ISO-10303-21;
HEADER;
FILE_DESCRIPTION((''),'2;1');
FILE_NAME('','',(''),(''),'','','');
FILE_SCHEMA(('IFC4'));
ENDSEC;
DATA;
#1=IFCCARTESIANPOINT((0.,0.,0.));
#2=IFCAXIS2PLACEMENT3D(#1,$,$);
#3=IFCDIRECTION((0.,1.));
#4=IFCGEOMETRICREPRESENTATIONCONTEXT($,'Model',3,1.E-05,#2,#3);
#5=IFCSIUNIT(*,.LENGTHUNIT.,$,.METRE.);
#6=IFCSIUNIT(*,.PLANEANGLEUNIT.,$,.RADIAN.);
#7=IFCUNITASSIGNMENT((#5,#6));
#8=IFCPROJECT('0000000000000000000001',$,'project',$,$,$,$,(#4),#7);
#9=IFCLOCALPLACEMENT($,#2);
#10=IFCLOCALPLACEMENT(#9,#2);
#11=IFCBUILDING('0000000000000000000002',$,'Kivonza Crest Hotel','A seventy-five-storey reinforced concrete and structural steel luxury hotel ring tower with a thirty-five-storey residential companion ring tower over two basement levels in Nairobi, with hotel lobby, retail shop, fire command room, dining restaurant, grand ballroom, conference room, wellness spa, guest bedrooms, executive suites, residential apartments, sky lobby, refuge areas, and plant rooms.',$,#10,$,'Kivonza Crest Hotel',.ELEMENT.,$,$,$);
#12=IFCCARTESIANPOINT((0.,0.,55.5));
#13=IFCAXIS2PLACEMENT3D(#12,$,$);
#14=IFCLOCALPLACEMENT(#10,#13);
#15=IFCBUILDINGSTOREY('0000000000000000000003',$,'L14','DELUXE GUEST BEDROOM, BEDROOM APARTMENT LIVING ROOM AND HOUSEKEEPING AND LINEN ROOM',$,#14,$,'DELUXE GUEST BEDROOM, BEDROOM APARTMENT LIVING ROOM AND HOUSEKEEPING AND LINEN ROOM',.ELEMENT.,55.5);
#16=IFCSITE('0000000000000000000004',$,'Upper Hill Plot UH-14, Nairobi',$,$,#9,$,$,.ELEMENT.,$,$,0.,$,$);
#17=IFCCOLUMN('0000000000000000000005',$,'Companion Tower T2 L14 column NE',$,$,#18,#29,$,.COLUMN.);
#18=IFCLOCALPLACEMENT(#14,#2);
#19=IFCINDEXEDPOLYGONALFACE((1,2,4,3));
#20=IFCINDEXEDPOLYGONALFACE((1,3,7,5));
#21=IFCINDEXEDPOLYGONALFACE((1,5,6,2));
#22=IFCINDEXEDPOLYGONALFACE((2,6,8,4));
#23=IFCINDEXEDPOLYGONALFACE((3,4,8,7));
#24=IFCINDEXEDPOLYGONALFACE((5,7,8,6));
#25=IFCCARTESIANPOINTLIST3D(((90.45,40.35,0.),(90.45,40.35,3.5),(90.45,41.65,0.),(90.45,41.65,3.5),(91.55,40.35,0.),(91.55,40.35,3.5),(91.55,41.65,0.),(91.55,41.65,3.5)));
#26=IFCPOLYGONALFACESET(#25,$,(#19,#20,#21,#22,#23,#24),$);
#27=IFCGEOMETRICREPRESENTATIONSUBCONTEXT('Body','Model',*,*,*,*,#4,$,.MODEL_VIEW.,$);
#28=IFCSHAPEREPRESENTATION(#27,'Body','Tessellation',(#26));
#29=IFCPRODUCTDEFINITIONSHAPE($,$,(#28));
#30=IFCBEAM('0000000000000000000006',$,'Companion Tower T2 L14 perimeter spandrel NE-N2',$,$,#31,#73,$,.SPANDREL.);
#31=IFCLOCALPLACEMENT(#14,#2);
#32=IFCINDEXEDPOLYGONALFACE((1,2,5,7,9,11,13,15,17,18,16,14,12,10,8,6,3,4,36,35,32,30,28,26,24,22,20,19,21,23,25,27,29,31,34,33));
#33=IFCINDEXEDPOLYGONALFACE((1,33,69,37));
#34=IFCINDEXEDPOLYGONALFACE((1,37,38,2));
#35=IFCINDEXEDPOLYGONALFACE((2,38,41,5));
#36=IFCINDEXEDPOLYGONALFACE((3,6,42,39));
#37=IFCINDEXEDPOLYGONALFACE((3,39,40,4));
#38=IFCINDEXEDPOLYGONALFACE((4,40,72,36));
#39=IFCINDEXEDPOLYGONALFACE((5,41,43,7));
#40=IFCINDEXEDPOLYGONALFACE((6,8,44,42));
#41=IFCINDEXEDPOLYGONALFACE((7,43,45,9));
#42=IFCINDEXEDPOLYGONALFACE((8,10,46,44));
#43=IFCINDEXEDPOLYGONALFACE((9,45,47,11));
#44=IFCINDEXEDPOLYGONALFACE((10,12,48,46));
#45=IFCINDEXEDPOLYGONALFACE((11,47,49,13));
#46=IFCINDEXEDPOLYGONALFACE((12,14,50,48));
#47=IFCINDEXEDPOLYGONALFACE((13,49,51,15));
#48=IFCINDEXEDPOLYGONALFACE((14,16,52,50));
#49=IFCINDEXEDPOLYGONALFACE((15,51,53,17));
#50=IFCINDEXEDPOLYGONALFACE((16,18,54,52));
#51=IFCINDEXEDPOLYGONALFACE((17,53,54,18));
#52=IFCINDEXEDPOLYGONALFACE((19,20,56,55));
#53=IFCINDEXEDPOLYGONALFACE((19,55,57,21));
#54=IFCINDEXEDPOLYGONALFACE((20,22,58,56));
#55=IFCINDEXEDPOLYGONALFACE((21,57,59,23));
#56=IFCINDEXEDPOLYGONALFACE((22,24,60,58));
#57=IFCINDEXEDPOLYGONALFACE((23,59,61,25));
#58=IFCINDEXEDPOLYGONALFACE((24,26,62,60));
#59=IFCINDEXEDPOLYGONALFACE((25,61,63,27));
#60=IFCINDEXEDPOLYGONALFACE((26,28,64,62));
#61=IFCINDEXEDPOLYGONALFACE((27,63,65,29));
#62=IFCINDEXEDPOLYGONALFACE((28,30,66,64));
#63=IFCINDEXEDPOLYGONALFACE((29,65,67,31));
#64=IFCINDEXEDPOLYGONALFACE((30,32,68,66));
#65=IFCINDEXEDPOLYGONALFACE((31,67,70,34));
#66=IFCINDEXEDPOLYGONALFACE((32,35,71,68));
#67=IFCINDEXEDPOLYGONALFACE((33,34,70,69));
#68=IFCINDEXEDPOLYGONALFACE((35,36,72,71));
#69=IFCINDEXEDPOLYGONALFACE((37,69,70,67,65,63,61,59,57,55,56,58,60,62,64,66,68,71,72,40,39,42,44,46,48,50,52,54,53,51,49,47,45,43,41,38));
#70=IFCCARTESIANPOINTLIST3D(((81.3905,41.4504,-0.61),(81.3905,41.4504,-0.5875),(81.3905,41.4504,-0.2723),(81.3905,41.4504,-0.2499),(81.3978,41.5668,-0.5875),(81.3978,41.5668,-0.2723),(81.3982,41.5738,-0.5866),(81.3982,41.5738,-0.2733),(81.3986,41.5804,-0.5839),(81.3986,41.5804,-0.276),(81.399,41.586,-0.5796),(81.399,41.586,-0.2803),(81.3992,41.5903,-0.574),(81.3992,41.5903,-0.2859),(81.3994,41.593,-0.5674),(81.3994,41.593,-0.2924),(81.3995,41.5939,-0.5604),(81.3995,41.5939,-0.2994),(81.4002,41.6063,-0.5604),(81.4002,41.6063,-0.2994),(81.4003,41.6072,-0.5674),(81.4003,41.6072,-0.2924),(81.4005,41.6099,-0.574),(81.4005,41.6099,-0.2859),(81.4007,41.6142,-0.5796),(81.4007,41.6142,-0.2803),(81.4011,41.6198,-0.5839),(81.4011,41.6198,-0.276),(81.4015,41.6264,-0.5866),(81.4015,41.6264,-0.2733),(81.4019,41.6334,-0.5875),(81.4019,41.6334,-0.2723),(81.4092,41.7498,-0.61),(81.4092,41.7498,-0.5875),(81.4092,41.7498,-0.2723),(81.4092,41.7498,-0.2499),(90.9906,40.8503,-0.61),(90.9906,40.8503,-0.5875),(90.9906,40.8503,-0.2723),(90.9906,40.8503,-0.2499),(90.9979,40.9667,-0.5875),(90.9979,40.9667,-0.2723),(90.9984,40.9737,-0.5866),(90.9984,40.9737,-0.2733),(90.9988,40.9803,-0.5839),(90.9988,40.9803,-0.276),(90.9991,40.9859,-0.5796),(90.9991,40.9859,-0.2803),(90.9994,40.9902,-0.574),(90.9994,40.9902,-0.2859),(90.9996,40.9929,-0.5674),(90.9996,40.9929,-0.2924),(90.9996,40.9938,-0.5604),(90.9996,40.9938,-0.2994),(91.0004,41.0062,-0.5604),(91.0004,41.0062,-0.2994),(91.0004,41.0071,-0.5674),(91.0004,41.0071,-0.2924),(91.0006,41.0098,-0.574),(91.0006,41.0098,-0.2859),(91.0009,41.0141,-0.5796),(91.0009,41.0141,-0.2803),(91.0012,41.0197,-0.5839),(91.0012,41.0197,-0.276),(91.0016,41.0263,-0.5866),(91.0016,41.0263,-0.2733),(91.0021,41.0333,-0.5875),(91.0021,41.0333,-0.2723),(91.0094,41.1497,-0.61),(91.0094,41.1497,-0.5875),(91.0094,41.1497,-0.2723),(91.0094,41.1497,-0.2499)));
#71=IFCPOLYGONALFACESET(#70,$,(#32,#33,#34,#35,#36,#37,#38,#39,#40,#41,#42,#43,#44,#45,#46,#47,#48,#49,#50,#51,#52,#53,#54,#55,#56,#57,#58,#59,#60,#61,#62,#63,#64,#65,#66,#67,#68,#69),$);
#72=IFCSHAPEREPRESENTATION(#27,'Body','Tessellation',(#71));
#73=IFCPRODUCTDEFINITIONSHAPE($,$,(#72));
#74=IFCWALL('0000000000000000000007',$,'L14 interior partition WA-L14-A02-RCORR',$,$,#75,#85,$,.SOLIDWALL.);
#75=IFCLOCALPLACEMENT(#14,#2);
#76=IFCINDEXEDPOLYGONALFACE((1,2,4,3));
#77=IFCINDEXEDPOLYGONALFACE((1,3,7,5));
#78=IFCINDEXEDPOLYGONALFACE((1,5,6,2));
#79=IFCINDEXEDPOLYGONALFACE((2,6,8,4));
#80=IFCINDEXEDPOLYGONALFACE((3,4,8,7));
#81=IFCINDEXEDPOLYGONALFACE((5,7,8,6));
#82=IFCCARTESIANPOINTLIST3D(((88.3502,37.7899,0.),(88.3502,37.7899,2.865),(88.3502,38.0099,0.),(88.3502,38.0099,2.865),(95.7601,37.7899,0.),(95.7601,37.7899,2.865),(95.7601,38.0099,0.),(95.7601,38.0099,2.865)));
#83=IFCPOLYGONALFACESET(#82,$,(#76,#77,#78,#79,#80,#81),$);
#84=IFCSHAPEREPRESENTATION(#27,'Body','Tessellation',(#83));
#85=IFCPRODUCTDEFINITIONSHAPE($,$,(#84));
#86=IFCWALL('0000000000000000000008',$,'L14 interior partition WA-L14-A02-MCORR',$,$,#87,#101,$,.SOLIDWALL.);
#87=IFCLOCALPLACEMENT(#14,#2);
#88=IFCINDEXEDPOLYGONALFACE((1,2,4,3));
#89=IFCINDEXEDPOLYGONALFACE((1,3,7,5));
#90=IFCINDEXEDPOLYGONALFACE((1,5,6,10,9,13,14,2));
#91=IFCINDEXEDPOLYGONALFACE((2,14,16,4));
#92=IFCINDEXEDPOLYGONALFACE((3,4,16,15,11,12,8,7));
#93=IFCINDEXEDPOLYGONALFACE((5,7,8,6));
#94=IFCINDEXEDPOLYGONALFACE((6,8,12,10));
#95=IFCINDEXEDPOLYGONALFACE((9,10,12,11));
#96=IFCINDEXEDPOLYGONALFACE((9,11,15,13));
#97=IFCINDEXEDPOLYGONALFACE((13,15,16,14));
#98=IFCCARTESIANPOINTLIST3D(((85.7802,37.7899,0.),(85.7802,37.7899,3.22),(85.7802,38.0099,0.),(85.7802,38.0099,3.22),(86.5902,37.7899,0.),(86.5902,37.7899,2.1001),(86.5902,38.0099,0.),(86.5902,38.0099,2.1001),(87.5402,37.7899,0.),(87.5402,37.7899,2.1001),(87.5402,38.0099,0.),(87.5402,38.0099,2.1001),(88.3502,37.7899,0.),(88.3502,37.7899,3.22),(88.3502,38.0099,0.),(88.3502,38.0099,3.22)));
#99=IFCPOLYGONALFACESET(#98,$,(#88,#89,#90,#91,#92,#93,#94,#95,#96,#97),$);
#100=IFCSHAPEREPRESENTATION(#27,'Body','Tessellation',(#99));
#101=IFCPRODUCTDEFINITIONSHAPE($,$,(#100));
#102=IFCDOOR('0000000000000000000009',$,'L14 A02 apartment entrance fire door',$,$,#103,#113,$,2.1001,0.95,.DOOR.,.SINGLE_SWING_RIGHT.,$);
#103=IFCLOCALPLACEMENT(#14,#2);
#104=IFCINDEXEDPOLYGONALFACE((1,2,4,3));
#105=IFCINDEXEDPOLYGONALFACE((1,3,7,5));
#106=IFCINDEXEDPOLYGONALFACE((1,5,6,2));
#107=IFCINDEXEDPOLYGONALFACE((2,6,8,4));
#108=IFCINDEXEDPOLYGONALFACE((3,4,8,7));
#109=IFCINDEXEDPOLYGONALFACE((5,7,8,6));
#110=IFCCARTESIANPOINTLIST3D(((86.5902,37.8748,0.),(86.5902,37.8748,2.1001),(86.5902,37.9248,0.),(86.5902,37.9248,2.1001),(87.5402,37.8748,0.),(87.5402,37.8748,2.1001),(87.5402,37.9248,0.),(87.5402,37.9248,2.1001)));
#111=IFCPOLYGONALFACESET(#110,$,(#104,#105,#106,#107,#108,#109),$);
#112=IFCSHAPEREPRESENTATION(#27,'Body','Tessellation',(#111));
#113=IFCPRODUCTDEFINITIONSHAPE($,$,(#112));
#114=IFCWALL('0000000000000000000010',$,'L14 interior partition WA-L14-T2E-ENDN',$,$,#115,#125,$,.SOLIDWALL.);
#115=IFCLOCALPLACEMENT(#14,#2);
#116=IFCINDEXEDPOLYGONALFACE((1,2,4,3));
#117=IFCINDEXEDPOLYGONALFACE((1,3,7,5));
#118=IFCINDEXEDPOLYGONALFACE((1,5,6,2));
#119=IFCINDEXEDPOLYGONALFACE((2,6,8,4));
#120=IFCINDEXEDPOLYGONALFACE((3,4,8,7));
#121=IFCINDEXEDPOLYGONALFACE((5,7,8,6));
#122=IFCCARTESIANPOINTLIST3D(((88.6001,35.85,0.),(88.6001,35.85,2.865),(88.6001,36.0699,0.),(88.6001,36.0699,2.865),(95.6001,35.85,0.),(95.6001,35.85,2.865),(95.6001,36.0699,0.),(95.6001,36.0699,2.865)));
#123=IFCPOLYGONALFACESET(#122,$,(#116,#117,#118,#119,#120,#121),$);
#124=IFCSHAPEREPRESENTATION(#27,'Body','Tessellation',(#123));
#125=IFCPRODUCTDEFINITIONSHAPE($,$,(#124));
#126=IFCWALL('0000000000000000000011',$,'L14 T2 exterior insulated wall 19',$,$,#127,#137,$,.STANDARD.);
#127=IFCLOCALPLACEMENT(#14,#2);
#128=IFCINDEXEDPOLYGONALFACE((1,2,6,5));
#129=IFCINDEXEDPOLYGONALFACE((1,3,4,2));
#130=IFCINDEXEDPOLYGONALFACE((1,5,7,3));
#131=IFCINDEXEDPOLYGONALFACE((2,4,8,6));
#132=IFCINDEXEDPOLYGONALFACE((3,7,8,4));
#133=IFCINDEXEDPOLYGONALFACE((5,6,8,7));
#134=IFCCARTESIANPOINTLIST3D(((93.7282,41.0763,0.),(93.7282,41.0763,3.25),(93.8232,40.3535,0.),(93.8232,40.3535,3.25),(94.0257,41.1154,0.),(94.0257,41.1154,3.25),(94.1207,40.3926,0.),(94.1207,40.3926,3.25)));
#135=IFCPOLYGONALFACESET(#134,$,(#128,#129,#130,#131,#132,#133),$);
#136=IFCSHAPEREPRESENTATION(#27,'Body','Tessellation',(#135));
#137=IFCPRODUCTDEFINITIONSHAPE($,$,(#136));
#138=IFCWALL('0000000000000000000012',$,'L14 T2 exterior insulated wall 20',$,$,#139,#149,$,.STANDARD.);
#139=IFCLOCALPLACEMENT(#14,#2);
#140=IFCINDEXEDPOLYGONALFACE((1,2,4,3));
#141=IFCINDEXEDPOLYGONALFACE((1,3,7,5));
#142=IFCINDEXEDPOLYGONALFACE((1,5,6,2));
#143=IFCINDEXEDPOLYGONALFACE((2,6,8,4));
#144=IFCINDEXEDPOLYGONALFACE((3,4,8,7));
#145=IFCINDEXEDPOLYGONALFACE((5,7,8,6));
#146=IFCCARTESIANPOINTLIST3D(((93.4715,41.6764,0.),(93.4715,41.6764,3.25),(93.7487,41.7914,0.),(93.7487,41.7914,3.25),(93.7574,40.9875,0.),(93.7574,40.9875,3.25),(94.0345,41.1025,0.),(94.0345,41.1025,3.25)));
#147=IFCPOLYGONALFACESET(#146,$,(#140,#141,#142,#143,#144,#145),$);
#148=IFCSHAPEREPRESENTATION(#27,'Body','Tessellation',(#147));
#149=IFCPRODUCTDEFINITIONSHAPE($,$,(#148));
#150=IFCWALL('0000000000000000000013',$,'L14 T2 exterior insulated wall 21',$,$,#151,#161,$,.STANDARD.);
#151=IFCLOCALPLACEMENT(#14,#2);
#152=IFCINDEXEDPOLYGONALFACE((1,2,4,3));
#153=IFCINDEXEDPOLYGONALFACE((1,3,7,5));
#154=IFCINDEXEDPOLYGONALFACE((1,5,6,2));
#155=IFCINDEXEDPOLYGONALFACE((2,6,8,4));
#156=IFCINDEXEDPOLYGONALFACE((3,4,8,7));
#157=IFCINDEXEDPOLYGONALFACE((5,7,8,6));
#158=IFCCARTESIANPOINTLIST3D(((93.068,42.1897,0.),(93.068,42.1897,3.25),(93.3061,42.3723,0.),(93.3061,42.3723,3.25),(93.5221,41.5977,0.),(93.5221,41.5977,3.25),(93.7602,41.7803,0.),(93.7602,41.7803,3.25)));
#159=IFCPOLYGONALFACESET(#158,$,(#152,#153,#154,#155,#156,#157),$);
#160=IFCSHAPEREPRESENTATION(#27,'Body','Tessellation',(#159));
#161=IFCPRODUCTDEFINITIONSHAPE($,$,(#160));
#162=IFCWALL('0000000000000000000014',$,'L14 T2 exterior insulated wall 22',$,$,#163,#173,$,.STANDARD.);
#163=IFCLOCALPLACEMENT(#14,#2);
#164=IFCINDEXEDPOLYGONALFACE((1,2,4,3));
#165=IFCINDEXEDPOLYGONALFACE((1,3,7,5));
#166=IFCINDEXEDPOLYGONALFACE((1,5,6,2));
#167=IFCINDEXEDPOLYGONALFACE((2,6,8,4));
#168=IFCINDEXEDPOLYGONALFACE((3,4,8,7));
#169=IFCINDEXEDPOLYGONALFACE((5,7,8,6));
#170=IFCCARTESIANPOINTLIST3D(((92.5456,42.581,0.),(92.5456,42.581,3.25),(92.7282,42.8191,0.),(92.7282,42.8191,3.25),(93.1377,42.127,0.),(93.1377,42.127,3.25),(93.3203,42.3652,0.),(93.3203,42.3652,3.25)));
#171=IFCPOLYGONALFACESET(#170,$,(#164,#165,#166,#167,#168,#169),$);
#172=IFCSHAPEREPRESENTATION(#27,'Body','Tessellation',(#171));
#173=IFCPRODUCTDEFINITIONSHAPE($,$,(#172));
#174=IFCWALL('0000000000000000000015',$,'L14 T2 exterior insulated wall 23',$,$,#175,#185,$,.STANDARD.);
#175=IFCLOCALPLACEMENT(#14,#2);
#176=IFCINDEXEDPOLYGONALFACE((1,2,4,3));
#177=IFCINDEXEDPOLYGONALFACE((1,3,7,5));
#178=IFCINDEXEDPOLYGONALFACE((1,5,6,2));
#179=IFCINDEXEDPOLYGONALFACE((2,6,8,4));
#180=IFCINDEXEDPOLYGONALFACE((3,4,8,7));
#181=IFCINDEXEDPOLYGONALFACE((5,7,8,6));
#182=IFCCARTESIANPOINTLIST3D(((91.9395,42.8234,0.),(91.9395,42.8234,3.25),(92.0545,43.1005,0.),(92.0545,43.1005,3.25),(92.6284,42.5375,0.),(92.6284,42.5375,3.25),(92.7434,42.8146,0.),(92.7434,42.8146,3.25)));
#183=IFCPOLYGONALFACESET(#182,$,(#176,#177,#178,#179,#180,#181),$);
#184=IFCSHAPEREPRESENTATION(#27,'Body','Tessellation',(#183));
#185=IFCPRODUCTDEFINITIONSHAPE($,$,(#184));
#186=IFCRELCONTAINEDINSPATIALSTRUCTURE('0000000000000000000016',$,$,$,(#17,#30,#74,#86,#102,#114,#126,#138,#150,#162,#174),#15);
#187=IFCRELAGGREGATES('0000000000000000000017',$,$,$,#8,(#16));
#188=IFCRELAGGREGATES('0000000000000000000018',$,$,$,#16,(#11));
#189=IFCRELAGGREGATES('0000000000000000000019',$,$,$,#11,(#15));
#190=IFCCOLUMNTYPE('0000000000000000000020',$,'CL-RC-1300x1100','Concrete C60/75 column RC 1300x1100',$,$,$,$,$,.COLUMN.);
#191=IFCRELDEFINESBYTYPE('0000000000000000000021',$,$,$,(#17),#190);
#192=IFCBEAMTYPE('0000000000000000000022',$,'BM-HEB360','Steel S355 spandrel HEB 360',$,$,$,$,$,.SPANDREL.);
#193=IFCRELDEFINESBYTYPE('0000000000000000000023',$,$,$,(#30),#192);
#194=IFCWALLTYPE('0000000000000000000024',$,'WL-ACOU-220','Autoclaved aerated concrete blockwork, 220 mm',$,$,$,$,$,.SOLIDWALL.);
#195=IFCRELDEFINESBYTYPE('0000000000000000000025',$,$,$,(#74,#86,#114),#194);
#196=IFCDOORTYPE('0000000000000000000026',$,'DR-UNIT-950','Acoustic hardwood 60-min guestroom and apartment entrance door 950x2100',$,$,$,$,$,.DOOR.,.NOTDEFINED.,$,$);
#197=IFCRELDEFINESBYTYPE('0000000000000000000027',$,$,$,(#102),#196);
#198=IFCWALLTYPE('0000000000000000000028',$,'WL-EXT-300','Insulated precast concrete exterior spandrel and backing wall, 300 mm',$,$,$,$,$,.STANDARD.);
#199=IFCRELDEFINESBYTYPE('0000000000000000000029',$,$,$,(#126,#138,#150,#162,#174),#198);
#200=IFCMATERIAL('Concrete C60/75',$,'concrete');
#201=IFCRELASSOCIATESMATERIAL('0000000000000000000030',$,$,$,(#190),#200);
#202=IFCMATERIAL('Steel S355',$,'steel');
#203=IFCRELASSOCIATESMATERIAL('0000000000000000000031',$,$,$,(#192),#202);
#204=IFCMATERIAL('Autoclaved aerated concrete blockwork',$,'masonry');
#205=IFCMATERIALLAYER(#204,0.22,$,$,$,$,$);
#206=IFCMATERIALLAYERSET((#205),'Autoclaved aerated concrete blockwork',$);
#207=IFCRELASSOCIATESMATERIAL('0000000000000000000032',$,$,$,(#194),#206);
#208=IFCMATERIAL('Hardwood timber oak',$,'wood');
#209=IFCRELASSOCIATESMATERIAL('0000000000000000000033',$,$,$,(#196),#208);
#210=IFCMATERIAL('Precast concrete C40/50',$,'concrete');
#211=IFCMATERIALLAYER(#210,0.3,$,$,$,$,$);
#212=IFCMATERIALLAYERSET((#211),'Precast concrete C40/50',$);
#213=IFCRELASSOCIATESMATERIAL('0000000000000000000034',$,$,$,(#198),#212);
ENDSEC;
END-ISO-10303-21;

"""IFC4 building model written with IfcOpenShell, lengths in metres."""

from ifc_helpers import new_model, si_unit, direction, frame, frame_2d, origin, origin_2d, place, context, subcontext, project, spatial, rectangle, i_section, extrude, material, layer, layer_set, material_profile, profile_set, type_object, element, fill, save


model = new_model("IFC4")

# Units and contexts
model_context = context("Model", 3, precision=1e-05, world=origin(), true_north=direction((0.0, 1.0)))
body_context = subcontext(model_context, "Body", "Model", "MODEL_VIEW")
ifc_project = project(units=[si_unit("LENGTHUNIT", "METRE"), si_unit("PLANEANGLEUNIT", "RADIAN")], contexts=[model_context])

# Site, building, storey
site_placement = place(None, origin())
site = spatial("IfcSite", under=ifc_project, at=site_placement, Name="Upper Hill Plot UH-14, Nairobi", CompositionType="ELEMENT", RefElevation=0.0)
building_placement = place(site_placement, origin())
building = spatial("IfcBuilding", under=site, at=building_placement, Name="Kivonza Crest Hotel", Description="A seventy-five-storey reinforced concrete and structural steel luxury hotel ring tower with a thirty-five-storey residential companion ring tower over two basement levels in Nairobi, with hotel lobby, retail shop, fire command room, dining restaurant, grand ballroom, conference room, wellness spa, guest bedrooms, executive suites, residential apartments, sky lobby, refuge areas, and plant rooms.", LongName="Kivonza Crest Hotel", CompositionType="ELEMENT")
storey_placement = place(building_placement, frame((0.0, 0.0, 55.5)))
storey = spatial("IfcBuildingStorey", under=building, at=storey_placement, Name="L14", Description="DELUXE GUEST BEDROOM, BEDROOM APARTMENT LIVING ROOM AND HOUSEKEEPING AND LINEN ROOM", LongName="DELUXE GUEST BEDROOM, BEDROOM APARTMENT LIVING ROOM AND HOUSEKEEPING AND LINEN ROOM", CompositionType="ELEMENT", Elevation=55.5)

# Column
ifc_material_1 = material(Name="Concrete C60/75", Category="concrete")
ifc_material_profile_1 = material_profile(ifc_material_1, rectangle(XDim=1.1001, YDim=1.3, at=origin_2d()), Name="RC 1300x1100")
ifc_profile_set_1 = profile_set([ifc_material_profile_1], Name="Concrete C60/75")
column_type = type_object("IfcColumnType", Name="CL-RC-1300x1100", Description="Concrete C60/75 column RC 1300x1100", PredefinedType="COLUMN", material=ifc_profile_set_1)
column_placement = place(storey_placement, frame((91.0, 41.0, 0.0), z_axis=(0.0, 0.0, 1.0), x_axis=(1.0, 0.0, 0.0)))
element("IfcColumn", 1, at=column_placement, inside=storey, type_object=column_type, Name="Companion Tower T2 L14 column NE", PredefinedType="COLUMN", context=body_context, shape_type="SweptSolid", body=[
    extrude(rectangle(XDim=1.1001, YDim=1.3, at=origin_2d()), origin(), (0.0, 0.0, 1.0), 3.5),
])

# Beam
ifc_material_2 = material(Name="Steel S355", Category="steel")
ifc_material_profile_2 = material_profile(ifc_material_2, i_section(OverallWidth=0.3, OverallDepth=0.3601, WebThickness=0.0125, FlangeThickness=0.0225, FilletRadius=0.0271, at=origin_2d()), Name="HEB 360")
ifc_profile_set_2 = profile_set([ifc_material_profile_2], Name="Steel S355")
beam_type = type_object("IfcBeamType", Name="BM-HEB360", Description="Steel S355 spandrel HEB 360", PredefinedType="SPANDREL", material=ifc_profile_set_2)
beam_placement = place(storey_placement, frame((91.0, 41.0, -0.4299), z_axis=(-0.998052, 0.062388, 0.0), x_axis=(-0.062388, -0.998052, 0.0)))
element("IfcBeam", 2, at=beam_placement, inside=storey, type_object=beam_type, Name="Companion Tower T2 L14 perimeter spandrel NE-N2", PredefinedType="SPANDREL", context=body_context, shape_type="SweptSolid", body=[
    extrude(i_section(OverallWidth=0.3, OverallDepth=0.3601, WebThickness=0.0125, FlangeThickness=0.0225, FilletRadius=0.0271, at=origin_2d()), origin(), (0.0, 0.0, 1.0), 9.6189),
])

# Wall
ifc_material_3 = material(Name="Autoclaved aerated concrete blockwork", Category="masonry")
ifc_layer_1 = layer(ifc_material_3, 0.22)
ifc_layer_set_1 = layer_set([ifc_layer_1], Name="Autoclaved aerated concrete blockwork")
wall_type_1 = type_object("IfcWallType", Name="WL-ACOU-220", Description="Autoclaved aerated concrete blockwork, 220 mm", PredefinedType="SOLIDWALL", material=ifc_layer_set_1)
wall_1_placement = place(storey_placement, frame((88.3501, 37.8999, 0.0), z_axis=(0.0, 0.0, 1.0), x_axis=(1.0, 0.0, 0.0)))
element("IfcWall", 3, at=wall_1_placement, inside=storey, type_object=wall_type_1, Name="L14 interior partition WA-L14-A02-RCORR", PredefinedType="SOLIDWALL", context=body_context, shape_type="SweptSolid", body=[
    extrude(rectangle(XDim=7.4099, YDim=0.22, at=frame_2d((3.7051, 0.0))), origin(), (0.0, 0.0, 1.0), 2.865),
])

# Wall, opening, door
wall_2_placement = place(storey_placement, frame((85.78, 37.8999, 0.0), z_axis=(0.0, 0.0, 1.0), x_axis=(1.0, 0.0, 0.0)))
wall_2 = element("IfcWall", 4, at=wall_2_placement, inside=storey, type_object=wall_type_1, Name="L14 interior partition WA-L14-A02-MCORR", PredefinedType="SOLIDWALL", context=body_context, shape_type="SweptSolid", body=[
    extrude(rectangle(XDim=2.5701, YDim=0.22, at=frame_2d((1.2852, 0.0))), origin(), (0.0, 0.0, 1.0), 3.22),
])
opening_1_placement = place(wall_2_placement, frame((0.8101, 0.0, 0.0)))
opening_1 = element("IfcOpeningElement", 5, at=opening_1_placement, cuts=wall_2, PredefinedType="OPENING", context=body_context, shape_type="SweptSolid", body=[
    extrude(rectangle(XDim=0.95, YDim=2.1001, at=frame_2d((0.4751, 1.05))), frame((0.0, 0.1201, 0.0), z_axis=(0.0, -1.0, 0.0), x_axis=(1.0, 0.0, 0.0)), (0.0, 0.0, 1.0), 0.24),
])
ifc_material_4 = material(Name="Hardwood timber oak", Category="wood")
door_type_1 = type_object("IfcDoorType", Name="DR-UNIT-950", Description="Acoustic hardwood 60-min guestroom and apartment entrance door 950x2100", OperationType="NOTDEFINED", PredefinedType="DOOR", material=ifc_material_4)
door_1_placement = place(opening_1_placement, origin())
door_1 = element("IfcDoor", 6, at=door_1_placement, inside=storey, type_object=door_type_1, Name="L14 A02 apartment entrance fire door", OperationType="SINGLE_SWING_RIGHT", OverallHeight=2.1001, OverallWidth=0.95, PredefinedType="DOOR", context=body_context, shape_type="SweptSolid", body=[
    extrude(rectangle(XDim=0.95, YDim=2.1001, at=frame_2d((0.4751, 1.05))), frame((0.0, 0.0249, 0.0), z_axis=(0.0, -1.0, 0.0), x_axis=(1.0, 0.0, 0.0)), (0.0, 0.0, 1.0), 0.05),
])
fill(opening_1, door_1)

# Walls
wall_3_placement = place(storey_placement, frame((88.6001, 35.96, 0.0), z_axis=(0.0, 0.0, 1.0), x_axis=(1.0, 0.0, 0.0)))
element("IfcWall", 7, at=wall_3_placement, inside=storey, type_object=wall_type_1, Name="L14 interior partition WA-L14-T2E-ENDN", PredefinedType="SOLIDWALL", context=body_context, shape_type="SweptSolid", body=[
    extrude(rectangle(XDim=7.0, YDim=0.22, at=frame_2d((3.5, 0.0))), origin(), (0.0, 0.0, 1.0), 2.865),
])
ifc_material_5 = material(Name="Precast concrete C40/50", Category="concrete")
ifc_layer_2 = layer(ifc_material_5, 0.3)
ifc_layer_set_2 = layer_set([ifc_layer_2], Name="Precast concrete C40/50")
wall_type_2 = type_object("IfcWallType", Name="WL-EXT-300", Description="Insulated precast concrete exterior spandrel and backing wall, 300 mm", PredefinedType="STANDARD", material=ifc_layer_set_2)
wall_4_placement = place(storey_placement, frame((93.9719, 40.373, 0.0), z_axis=(0.0, 0.0, 1.0), x_axis=(-0.130255, 0.99148, 0.0)))
element("IfcWall", 8, at=wall_4_placement, inside=storey, type_object=wall_type_2, Name="L14 T2 exterior insulated wall 19", PredefinedType="STANDARD", context=body_context, shape_type="SweptSolid", body=[
    extrude(rectangle(XDim=0.729, YDim=0.3, at=frame_2d((0.3645, 0.0))), origin(), (0.0, 0.0, 1.0), 3.25),
])
wall_5_placement = place(storey_placement, frame((93.896, 41.0449, 0.0), z_axis=(0.0, 0.0, 1.0), x_axis=(-0.383267, 0.923638, 0.0)))
element("IfcWall", 9, at=wall_5_placement, inside=storey, type_object=wall_type_2, Name="L14 T2 exterior insulated wall 20", PredefinedType="STANDARD", context=body_context, shape_type="SweptSolid", body=[
    extrude(rectangle(XDim=0.7458, YDim=0.3, at=frame_2d((0.373, 0.0))), origin(), (0.0, 0.0, 1.0), 3.25),
])
for number, where, z_axis, x_axis, name in (
    (10, (93.6411, 41.689, 0.0), (0.0, 0.0, 1.0), (-0.608603, 0.793475, 0.0), "L14 T2 exterior insulated wall 21"),
    (11, (93.229, 42.2461, 0.0), (0.0, 0.0, 1.0), (-0.793633, 0.608397, 0.0), "L14 T2 exterior insulated wall 22"),
):
    element("IfcWall", number, at=place(storey_placement, frame(where, z_axis=z_axis, x_axis=x_axis)), inside=storey, type_object=wall_type_2, Name=name, PredefinedType="STANDARD", context=body_context, shape_type="SweptSolid", body=[
        extrude(rectangle(XDim=0.7461, YDim=0.3, at=frame_2d((0.373, 0.0))), origin(), (0.0, 0.0, 1.0), 3.25),
    ])
wall_6_placement = place(storey_placement, frame((92.686, 42.676, 0.0), z_axis=(0.0, 0.0, 1.0), x_axis=(-0.923638, 0.383267, 0.0)))
element("IfcWall", 12, at=wall_6_placement, inside=storey, type_object=wall_type_2, Name="L14 T2 exterior insulated wall 23", PredefinedType="STANDARD", context=body_context, shape_type="SweptSolid", body=[
    extrude(rectangle(XDim=0.7458, YDim=0.3, at=frame_2d((0.373, 0.0))), origin(), (0.0, 0.0, 1.0), 3.25),
])

save(model, "model.ifc")
